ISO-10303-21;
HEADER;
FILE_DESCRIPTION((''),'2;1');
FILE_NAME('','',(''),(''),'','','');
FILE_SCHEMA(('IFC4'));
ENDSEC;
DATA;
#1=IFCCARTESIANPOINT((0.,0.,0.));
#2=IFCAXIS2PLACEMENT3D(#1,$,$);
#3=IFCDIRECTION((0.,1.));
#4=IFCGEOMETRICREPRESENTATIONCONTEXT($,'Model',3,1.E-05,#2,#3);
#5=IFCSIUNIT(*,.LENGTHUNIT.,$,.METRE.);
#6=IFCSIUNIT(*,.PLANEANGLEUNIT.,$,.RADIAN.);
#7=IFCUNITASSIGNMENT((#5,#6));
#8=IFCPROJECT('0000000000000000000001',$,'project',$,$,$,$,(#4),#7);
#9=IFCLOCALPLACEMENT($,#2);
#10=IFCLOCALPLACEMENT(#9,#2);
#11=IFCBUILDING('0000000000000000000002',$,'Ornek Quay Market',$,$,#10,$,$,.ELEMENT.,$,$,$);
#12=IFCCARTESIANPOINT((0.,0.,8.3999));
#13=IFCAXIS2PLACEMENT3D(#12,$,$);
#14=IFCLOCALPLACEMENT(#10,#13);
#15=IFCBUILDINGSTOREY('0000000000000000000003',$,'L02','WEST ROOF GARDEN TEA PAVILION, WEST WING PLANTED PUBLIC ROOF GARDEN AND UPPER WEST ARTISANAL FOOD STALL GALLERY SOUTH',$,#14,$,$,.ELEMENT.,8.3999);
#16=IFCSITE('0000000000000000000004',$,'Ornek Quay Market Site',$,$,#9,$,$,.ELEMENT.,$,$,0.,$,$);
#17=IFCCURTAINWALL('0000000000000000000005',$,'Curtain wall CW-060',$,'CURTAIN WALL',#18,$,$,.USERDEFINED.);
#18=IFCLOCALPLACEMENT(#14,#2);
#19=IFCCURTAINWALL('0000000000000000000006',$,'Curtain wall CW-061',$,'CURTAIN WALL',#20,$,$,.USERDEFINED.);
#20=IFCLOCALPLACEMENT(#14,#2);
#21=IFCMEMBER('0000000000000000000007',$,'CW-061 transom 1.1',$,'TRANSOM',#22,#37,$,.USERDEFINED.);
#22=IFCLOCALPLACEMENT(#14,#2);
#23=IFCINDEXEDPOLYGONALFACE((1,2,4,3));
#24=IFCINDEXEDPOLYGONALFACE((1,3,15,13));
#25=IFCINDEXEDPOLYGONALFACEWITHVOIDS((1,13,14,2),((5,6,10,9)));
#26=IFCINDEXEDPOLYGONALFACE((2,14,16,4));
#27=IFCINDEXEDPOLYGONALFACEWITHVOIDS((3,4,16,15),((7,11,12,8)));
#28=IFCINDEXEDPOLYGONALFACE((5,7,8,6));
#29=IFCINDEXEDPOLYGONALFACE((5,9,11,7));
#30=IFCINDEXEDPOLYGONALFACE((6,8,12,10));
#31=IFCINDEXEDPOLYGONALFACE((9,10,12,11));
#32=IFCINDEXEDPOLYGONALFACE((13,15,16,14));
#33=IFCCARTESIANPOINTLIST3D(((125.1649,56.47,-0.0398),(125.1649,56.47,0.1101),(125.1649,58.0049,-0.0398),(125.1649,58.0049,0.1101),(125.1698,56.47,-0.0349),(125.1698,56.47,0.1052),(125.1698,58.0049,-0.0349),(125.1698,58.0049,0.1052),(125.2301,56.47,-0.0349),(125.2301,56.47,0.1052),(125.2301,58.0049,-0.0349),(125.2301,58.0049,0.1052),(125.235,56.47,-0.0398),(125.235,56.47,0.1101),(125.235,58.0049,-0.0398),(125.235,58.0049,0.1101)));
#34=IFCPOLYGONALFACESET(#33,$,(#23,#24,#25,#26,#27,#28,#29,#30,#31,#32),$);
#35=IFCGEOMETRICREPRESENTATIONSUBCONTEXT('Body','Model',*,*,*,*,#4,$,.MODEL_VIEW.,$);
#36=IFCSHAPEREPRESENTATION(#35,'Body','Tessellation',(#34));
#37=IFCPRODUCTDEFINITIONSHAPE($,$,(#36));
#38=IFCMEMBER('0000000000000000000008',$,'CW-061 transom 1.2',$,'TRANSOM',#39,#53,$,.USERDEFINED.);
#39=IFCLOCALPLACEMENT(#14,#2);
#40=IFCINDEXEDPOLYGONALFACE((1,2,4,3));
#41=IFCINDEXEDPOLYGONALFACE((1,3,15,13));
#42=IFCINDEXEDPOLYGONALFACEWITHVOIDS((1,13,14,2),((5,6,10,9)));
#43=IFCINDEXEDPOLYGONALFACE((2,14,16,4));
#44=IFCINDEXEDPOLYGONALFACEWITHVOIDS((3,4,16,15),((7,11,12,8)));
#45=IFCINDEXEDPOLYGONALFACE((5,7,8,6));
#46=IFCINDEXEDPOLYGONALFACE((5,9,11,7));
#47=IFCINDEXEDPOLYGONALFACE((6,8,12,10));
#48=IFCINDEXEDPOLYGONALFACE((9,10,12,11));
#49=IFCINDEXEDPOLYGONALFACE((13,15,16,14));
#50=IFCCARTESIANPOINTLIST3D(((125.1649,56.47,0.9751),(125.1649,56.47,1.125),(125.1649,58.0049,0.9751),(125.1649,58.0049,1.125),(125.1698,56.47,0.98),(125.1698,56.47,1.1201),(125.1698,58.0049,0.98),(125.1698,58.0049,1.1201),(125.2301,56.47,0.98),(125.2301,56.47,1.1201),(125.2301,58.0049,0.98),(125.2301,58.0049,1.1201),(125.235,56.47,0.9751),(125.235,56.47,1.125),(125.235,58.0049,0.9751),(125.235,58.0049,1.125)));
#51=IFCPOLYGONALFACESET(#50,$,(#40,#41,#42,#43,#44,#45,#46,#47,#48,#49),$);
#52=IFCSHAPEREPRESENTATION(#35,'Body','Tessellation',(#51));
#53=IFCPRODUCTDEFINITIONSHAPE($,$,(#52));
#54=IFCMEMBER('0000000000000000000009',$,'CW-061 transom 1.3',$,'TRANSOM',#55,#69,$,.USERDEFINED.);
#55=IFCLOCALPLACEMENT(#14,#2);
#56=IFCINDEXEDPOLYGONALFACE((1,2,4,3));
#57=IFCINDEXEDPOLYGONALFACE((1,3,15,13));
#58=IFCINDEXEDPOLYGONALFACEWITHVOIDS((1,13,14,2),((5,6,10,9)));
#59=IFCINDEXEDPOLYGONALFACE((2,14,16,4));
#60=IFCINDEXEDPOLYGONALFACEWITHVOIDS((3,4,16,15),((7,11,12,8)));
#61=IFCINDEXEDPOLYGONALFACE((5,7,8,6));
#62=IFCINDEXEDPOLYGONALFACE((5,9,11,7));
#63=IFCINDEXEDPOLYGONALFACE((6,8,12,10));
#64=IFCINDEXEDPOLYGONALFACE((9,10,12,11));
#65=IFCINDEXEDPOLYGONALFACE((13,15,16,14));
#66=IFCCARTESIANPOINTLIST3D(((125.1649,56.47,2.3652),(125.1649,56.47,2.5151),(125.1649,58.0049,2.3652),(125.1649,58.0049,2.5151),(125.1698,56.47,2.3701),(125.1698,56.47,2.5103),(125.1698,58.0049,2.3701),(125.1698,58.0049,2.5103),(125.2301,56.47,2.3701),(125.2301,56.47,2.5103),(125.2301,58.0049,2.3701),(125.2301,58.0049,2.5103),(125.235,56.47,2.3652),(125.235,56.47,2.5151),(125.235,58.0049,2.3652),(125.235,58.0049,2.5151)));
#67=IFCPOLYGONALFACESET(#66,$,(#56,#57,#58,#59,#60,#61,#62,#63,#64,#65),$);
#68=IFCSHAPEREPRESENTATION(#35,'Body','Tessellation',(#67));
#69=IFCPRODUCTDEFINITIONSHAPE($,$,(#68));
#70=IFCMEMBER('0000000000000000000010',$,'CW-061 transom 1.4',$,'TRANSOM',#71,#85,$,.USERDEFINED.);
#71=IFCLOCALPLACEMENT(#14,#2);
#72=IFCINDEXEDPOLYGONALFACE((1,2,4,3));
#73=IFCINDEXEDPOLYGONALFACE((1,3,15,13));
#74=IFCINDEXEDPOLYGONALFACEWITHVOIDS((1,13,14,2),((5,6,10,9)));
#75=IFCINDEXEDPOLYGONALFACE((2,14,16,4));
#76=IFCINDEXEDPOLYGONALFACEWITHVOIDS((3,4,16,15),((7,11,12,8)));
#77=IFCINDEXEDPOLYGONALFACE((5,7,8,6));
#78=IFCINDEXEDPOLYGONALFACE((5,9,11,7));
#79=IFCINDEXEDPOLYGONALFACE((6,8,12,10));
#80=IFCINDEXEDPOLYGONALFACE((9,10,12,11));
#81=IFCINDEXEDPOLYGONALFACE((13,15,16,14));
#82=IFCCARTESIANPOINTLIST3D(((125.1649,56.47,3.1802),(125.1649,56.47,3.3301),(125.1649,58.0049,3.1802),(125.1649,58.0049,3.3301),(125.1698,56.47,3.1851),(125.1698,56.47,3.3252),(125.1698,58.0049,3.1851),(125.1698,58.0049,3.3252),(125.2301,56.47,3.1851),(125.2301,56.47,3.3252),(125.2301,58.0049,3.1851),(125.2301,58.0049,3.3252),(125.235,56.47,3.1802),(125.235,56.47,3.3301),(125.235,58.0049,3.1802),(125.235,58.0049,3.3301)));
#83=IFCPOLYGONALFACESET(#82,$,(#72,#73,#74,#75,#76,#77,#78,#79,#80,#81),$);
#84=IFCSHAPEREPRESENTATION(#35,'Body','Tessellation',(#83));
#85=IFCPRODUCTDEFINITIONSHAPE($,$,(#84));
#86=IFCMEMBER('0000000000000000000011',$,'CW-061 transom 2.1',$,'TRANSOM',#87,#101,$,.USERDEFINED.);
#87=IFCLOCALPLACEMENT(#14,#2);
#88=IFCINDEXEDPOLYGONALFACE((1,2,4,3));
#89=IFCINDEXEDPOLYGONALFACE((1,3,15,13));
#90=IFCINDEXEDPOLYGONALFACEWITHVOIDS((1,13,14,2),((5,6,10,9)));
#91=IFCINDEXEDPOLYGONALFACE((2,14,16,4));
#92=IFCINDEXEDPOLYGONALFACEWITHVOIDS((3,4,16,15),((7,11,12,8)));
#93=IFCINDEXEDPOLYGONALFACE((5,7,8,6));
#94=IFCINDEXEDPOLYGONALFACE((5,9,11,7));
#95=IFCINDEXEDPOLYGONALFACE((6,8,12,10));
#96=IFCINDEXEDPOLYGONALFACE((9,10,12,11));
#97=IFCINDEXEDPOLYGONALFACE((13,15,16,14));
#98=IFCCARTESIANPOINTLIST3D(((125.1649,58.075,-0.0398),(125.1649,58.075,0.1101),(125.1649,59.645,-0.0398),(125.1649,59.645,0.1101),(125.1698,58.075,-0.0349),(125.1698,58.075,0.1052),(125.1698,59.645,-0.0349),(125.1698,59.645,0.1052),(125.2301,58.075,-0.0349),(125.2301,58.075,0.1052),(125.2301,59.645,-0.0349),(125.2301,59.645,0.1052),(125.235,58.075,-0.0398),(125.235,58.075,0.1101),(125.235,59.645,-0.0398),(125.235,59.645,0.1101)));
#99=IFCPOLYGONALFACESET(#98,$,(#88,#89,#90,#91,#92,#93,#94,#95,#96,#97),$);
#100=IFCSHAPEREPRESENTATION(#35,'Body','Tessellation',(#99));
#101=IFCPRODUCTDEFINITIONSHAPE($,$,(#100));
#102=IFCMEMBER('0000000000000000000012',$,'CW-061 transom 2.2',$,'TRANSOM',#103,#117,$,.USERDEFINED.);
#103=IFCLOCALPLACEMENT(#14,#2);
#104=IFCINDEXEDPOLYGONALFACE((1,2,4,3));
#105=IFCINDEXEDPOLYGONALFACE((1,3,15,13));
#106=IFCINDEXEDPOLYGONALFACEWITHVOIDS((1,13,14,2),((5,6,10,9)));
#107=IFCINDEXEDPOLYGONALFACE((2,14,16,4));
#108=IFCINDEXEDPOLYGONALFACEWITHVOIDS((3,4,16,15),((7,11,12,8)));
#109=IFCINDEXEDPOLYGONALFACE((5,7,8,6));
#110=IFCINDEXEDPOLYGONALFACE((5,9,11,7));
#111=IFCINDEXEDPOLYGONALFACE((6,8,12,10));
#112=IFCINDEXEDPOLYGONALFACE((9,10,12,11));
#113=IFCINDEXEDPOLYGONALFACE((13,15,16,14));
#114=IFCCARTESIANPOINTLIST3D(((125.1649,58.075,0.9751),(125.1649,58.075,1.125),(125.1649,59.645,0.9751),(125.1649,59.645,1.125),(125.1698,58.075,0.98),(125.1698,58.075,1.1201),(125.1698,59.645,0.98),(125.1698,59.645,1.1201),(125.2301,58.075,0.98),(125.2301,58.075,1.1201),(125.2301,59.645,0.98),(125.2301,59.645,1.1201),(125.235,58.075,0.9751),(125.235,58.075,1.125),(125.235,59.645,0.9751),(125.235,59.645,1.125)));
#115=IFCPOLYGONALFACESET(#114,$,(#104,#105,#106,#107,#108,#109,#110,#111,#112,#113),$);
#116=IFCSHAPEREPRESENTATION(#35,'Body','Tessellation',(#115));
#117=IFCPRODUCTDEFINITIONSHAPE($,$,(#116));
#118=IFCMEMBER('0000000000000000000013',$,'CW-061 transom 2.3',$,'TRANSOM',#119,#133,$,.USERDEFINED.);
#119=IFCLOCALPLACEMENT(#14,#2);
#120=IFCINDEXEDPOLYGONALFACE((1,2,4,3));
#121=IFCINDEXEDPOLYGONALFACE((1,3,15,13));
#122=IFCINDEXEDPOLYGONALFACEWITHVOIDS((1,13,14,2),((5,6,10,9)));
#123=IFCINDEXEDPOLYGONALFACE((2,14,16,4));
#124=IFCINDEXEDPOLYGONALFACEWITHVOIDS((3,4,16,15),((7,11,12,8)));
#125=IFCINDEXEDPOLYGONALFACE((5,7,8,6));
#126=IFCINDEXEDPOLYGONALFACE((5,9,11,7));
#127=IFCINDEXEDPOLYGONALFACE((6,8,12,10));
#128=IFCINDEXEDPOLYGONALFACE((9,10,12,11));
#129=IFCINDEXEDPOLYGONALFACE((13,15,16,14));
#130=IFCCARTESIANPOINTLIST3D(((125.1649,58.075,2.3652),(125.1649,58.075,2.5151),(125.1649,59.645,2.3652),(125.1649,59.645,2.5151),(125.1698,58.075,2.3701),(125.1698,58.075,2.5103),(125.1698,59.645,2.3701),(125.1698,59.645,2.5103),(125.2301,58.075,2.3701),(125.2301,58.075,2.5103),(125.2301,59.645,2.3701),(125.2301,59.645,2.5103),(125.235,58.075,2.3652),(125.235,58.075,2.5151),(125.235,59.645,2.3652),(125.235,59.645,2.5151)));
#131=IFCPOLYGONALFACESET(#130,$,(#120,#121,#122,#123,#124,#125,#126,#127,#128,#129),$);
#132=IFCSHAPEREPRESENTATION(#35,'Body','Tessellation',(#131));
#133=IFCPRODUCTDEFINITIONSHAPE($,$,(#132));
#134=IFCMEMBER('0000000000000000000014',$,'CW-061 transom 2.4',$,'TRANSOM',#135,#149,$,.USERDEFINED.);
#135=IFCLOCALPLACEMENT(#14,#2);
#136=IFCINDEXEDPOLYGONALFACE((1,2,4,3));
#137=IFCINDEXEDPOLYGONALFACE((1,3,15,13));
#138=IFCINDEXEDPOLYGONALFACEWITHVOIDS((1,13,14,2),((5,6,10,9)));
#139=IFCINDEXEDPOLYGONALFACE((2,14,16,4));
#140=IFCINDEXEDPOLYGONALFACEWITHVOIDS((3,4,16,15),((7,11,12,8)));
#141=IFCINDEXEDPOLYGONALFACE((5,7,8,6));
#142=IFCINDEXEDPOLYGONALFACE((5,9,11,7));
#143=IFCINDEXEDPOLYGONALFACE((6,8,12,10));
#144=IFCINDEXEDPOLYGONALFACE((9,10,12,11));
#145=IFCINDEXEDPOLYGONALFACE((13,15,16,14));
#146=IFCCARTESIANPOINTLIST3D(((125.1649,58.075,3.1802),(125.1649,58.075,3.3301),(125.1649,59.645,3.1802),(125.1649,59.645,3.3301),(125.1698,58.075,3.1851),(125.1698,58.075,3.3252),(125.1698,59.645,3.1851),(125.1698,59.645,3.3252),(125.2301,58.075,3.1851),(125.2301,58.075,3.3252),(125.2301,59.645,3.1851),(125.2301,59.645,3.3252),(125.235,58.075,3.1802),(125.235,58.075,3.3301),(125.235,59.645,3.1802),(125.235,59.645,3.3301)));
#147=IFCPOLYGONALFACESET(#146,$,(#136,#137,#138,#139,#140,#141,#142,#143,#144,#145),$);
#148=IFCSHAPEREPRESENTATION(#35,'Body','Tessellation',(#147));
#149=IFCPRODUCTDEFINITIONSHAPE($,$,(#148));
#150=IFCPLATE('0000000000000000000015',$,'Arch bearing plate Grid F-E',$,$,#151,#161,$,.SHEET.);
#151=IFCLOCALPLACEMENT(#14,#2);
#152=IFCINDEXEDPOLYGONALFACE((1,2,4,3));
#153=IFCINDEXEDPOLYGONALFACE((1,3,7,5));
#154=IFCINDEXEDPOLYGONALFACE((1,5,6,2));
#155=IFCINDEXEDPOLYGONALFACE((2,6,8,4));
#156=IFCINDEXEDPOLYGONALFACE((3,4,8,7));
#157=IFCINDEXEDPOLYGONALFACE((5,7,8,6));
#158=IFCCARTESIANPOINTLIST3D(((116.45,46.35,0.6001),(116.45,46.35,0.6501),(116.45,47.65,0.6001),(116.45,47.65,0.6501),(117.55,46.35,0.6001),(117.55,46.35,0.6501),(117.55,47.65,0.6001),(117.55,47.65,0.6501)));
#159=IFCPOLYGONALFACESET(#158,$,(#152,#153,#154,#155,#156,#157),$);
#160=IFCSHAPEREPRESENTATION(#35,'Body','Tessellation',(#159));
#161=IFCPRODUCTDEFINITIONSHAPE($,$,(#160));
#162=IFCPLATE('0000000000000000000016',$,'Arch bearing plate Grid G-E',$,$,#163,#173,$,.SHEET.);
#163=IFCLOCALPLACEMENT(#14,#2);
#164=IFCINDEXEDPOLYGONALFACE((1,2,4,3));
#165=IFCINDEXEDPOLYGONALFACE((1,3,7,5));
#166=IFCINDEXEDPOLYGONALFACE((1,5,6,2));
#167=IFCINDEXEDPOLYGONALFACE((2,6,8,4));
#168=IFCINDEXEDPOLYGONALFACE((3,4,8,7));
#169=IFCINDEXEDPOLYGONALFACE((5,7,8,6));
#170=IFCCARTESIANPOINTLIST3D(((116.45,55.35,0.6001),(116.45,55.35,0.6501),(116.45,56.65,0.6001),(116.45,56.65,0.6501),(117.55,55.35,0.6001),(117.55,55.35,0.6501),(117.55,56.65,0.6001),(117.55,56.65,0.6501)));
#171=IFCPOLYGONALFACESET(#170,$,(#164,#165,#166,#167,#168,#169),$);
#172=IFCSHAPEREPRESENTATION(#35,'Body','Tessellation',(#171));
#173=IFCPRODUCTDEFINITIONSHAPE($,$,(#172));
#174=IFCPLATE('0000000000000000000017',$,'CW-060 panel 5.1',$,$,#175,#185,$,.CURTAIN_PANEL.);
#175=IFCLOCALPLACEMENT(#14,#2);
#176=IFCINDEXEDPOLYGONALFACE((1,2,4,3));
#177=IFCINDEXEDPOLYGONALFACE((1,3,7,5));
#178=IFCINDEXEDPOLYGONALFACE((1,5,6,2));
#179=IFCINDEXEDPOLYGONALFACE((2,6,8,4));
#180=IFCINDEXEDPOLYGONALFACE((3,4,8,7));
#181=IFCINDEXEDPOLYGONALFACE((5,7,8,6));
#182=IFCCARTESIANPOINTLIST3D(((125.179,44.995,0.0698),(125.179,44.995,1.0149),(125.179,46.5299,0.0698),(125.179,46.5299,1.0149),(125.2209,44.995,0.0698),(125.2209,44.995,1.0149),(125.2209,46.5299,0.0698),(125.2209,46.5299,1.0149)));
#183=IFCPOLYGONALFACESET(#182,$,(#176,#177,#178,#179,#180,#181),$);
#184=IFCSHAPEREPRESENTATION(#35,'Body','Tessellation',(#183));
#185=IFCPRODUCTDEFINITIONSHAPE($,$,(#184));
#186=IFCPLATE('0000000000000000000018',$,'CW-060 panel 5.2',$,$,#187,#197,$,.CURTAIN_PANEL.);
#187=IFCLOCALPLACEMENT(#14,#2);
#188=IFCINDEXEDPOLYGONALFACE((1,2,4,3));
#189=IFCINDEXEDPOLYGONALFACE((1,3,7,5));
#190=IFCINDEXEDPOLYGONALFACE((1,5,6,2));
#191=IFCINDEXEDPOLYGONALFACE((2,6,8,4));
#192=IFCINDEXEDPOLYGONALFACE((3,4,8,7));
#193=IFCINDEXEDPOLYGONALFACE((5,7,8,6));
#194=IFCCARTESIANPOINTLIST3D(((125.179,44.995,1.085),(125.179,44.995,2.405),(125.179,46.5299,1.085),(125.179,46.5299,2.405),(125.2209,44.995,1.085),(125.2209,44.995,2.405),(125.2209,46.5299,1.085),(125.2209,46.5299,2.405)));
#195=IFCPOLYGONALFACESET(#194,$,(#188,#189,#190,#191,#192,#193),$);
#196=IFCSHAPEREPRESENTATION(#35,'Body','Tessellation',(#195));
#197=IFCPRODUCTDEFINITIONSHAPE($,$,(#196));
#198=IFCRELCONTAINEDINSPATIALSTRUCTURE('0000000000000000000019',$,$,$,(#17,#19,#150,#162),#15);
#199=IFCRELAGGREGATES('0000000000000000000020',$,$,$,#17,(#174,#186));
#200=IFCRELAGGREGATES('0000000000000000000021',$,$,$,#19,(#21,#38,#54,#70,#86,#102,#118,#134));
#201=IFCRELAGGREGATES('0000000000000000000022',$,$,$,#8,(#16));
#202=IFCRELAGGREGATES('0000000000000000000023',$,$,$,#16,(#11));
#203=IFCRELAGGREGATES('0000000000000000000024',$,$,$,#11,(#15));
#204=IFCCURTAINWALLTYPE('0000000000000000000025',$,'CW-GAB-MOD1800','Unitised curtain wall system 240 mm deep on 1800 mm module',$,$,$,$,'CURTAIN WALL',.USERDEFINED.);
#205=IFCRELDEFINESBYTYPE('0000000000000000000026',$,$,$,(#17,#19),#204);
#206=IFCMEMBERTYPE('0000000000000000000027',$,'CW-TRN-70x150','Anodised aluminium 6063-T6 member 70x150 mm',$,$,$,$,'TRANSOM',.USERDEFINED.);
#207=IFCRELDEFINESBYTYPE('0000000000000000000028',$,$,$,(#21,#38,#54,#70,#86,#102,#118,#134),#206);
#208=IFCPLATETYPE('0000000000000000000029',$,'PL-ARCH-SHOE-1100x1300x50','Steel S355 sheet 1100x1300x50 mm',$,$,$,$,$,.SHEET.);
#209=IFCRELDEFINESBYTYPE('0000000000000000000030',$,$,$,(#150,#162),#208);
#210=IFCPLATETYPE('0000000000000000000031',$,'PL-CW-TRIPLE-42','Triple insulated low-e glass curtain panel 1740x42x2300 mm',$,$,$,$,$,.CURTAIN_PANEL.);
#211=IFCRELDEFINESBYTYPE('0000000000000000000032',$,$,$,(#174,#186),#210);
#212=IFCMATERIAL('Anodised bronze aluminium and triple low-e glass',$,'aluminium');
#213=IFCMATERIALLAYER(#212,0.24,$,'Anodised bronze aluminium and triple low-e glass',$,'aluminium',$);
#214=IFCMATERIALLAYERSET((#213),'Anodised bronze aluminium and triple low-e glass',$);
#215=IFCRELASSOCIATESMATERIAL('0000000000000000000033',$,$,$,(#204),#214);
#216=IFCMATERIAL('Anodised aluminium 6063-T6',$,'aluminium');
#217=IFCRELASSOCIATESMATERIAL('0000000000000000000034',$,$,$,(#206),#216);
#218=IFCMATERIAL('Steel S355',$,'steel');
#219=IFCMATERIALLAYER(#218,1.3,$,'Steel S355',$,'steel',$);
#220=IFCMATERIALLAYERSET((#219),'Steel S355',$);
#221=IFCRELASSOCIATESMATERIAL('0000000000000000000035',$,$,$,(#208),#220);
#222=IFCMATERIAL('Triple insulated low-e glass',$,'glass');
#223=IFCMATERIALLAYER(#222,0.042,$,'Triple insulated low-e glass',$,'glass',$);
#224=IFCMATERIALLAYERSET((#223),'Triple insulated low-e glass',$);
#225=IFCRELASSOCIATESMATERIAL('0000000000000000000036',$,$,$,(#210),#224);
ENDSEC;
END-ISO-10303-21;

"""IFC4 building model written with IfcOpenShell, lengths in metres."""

from ifc_helpers import new_model, si_unit, direction, frame, origin, origin_2d, place, context, subcontext, project, spatial, rectangle, hollow_rectangle, extrude, material, layer, layer_set, material_profile, profile_set, type_object, element, aggregate, save


model = new_model("IFC4")

# Units and contexts
model_context = context("Model", 3, precision=1e-05, world=origin(), true_north=direction((0.0, 1.0)))
body_context = subcontext(model_context, "Body", "Model", "MODEL_VIEW")
ifc_project = project(units=[si_unit("LENGTHUNIT", "METRE"), si_unit("PLANEANGLEUNIT", "RADIAN")], contexts=[model_context])

# Site, building, storey
site_placement = place(None, origin())
site = spatial("IfcSite", under=ifc_project, at=site_placement, Name="Ornek Quay Market Site", CompositionType="ELEMENT", RefElevation=0.0)
building_placement = place(site_placement, origin())
building = spatial("IfcBuilding", under=site, at=building_placement, Name="Ornek Quay Market", CompositionType="ELEMENT")
storey_placement = place(building_placement, frame((0.0, 0.0, 8.3999)))
storey = spatial("IfcBuildingStorey", under=building, at=storey_placement, Name="L02", Description="WEST ROOF GARDEN TEA PAVILION, WEST WING PLANTED PUBLIC ROOF GARDEN AND UPPER WEST ARTISANAL FOOD STALL GALLERY SOUTH", CompositionType="ELEMENT", Elevation=8.3999)

# Curtain wall
ifc_material_1 = material(Name="Anodised bronze aluminium and triple low-e glass", Category="aluminium")
ifc_layer_1 = layer(ifc_material_1, 0.24, Name="Anodised bronze aluminium and triple low-e glass", Category="aluminium")
ifc_layer_set_1 = layer_set([ifc_layer_1], Name="Anodised bronze aluminium and triple low-e glass")
curtain_wall_type = type_object("IfcCurtainWallType", Name="CW-GAB-MOD1800", Description="Unitised curtain wall system 240 mm deep on 1800 mm module", ElementType="CURTAIN WALL", PredefinedType="USERDEFINED", material=ifc_layer_set_1)
curtain_wall_1_placement = place(storey_placement, origin())
curtain_wall_1 = element("IfcCurtainWall", 1, at=curtain_wall_1_placement, inside=storey, type_object=curtain_wall_type, Name="Curtain wall CW-060", ObjectType="CURTAIN WALL", PredefinedType="USERDEFINED")
ifc_material_2 = material(Name="Anodised aluminium 6063-T6", Category="aluminium")

# Curtain wall
curtain_wall_2_placement = place(storey_placement, origin())
curtain_wall_2 = element("IfcCurtainWall", 2, at=curtain_wall_2_placement, inside=storey, type_object=curtain_wall_type, Name="Curtain wall CW-061", ObjectType="CURTAIN WALL", PredefinedType="USERDEFINED")

# Members
ifc_material_profile_1 = material_profile(ifc_material_2, hollow_rectangle(XDim=0.0701, YDim=0.1499, WallThickness=0.0049, at=origin_2d()), Name="CW-TRN-70x150", Category="aluminium")
ifc_profile_set_1 = profile_set([ifc_material_profile_1], Name="Anodised aluminium 6063-T6")
member_type_1 = type_object("IfcMemberType", Name="CW-TRN-70x150", Description="Anodised aluminium 6063-T6 member 70x150 mm", ElementType="TRANSOM", PredefinedType="USERDEFINED", material=ifc_profile_set_1)
member_1_placement = place(storey_placement, frame((125.2, 56.47, 0.0352), z_axis=(0.0, 1.0, 0.0), x_axis=(-1.0, 0.0, 0.0)))
member_1 = element("IfcMember", 3, at=member_1_placement, type_object=member_type_1, Name="CW-061 transom 1.1", ObjectType="TRANSOM", PredefinedType="USERDEFINED", context=body_context, shape_type="SweptSolid", body=[
    extrude(hollow_rectangle(XDim=0.0701, YDim=0.1499, WallThickness=0.0049, at=origin_2d()), origin(), (0.0, 0.0, 1.0), 1.5349),
])
member_2_placement = place(storey_placement, frame((125.2, 56.47, 1.05), z_axis=(0.0, 1.0, 0.0), x_axis=(-1.0, 0.0, 0.0)))
member_2 = element("IfcMember", 4, at=member_2_placement, type_object=member_type_1, Name="CW-061 transom 1.2", ObjectType="TRANSOM", PredefinedType="USERDEFINED", context=body_context, shape_type="SweptSolid", body=[
    extrude(hollow_rectangle(XDim=0.0701, YDim=0.1499, WallThickness=0.0049, at=origin_2d()), origin(), (0.0, 0.0, 1.0), 1.5349),
])
member_3_placement = place(storey_placement, frame((125.2, 56.47, 2.4402), z_axis=(0.0, 1.0, 0.0), x_axis=(-1.0, 0.0, 0.0)))
member_3 = element("IfcMember", 5, at=member_3_placement, type_object=member_type_1, Name="CW-061 transom 1.3", ObjectType="TRANSOM", PredefinedType="USERDEFINED", context=body_context, shape_type="SweptSolid", body=[
    extrude(hollow_rectangle(XDim=0.0701, YDim=0.1499, WallThickness=0.0049, at=origin_2d()), origin(), (0.0, 0.0, 1.0), 1.5349),
])
member_4_placement = place(storey_placement, frame((125.2, 56.47, 3.2551), z_axis=(0.0, 1.0, 0.0), x_axis=(-1.0, 0.0, 0.0)))
member_4 = element("IfcMember", 6, at=member_4_placement, type_object=member_type_1, Name="CW-061 transom 1.4", ObjectType="TRANSOM", PredefinedType="USERDEFINED", context=body_context, shape_type="SweptSolid", body=[
    extrude(hollow_rectangle(XDim=0.0701, YDim=0.1499, WallThickness=0.0049, at=origin_2d()), origin(), (0.0, 0.0, 1.0), 1.5349),
])
member_5_placement = place(storey_placement, frame((125.2, 58.075, 0.0352), z_axis=(0.0, 1.0, 0.0), x_axis=(-1.0, 0.0, 0.0)))
member_5 = element("IfcMember", 7, at=member_5_placement, type_object=member_type_1, Name="CW-061 transom 2.1", ObjectType="TRANSOM", PredefinedType="USERDEFINED", context=body_context, shape_type="SweptSolid", body=[
    extrude(hollow_rectangle(XDim=0.0701, YDim=0.1499, WallThickness=0.0049, at=origin_2d()), origin(), (0.0, 0.0, 1.0), 1.5701),
])
member_6_placement = place(storey_placement, frame((125.2, 58.075, 1.05), z_axis=(0.0, 1.0, 0.0), x_axis=(-1.0, 0.0, 0.0)))
member_6 = element("IfcMember", 8, at=member_6_placement, type_object=member_type_1, Name="CW-061 transom 2.2", ObjectType="TRANSOM", PredefinedType="USERDEFINED", context=body_context, shape_type="SweptSolid", body=[
    extrude(hollow_rectangle(XDim=0.0701, YDim=0.1499, WallThickness=0.0049, at=origin_2d()), origin(), (0.0, 0.0, 1.0), 1.5701),
])
member_7_placement = place(storey_placement, frame((125.2, 58.075, 2.4402), z_axis=(0.0, 1.0, 0.0), x_axis=(-1.0, 0.0, 0.0)))
member_7 = element("IfcMember", 9, at=member_7_placement, type_object=member_type_1, Name="CW-061 transom 2.3", ObjectType="TRANSOM", PredefinedType="USERDEFINED", context=body_context, shape_type="SweptSolid", body=[
    extrude(hollow_rectangle(XDim=0.0701, YDim=0.1499, WallThickness=0.0049, at=origin_2d()), origin(), (0.0, 0.0, 1.0), 1.5701),
])
member_8_placement = place(storey_placement, frame((125.2, 58.075, 3.2551), z_axis=(0.0, 1.0, 0.0), x_axis=(-1.0, 0.0, 0.0)))
member_8 = element("IfcMember", 10, at=member_8_placement, type_object=member_type_1, Name="CW-061 transom 2.4", ObjectType="TRANSOM", PredefinedType="USERDEFINED", context=body_context, shape_type="SweptSolid", body=[
    extrude(hollow_rectangle(XDim=0.0701, YDim=0.1499, WallThickness=0.0049, at=origin_2d()), origin(), (0.0, 0.0, 1.0), 1.5701),
])

# Plates
ifc_material_3 = material(Name="Steel S355", Category="steel")
ifc_layer_2 = layer(ifc_material_3, 1.3, Name="Steel S355", Category="steel")
ifc_layer_set_2 = layer_set([ifc_layer_2], Name="Steel S355")
plate_type_1 = type_object("IfcPlateType", Name="PL-ARCH-SHOE-1100x1300x50", Description="Steel S355 sheet 1100x1300x50 mm", PredefinedType="SHEET", material=ifc_layer_set_2)
for number, where, z_axis, x_axis, name in (
    (11, (117.0, 47.0, 0.6001), (0.0, 0.0, 1.0), (1.0, 0.0, 0.0), "Arch bearing plate Grid F-E"),
    (12, (117.0, 56.0, 0.6001), (0.0, 0.0, 1.0), (1.0, 0.0, 0.0), "Arch bearing plate Grid G-E"),
):
    element("IfcPlate", number, at=place(storey_placement, frame(where, z_axis=z_axis, x_axis=x_axis)), inside=storey, type_object=plate_type_1, Name=name, PredefinedType="SHEET", context=body_context, shape_type="SweptSolid", body=[
        extrude(rectangle(XDim=1.1001, YDim=1.3, at=origin_2d()), origin(), (0.0, 0.0, 1.0), 0.05),
    ])

# Plates
ifc_material_4 = material(Name="Triple insulated low-e glass", Category="glass")
ifc_layer_3 = layer(ifc_material_4, 0.042, Name="Triple insulated low-e glass", Category="glass")
ifc_layer_set_3 = layer_set([ifc_layer_3], Name="Triple insulated low-e glass")
plate_type_2 = type_object("IfcPlateType", Name="PL-CW-TRIPLE-42", Description="Triple insulated low-e glass curtain panel 1740x42x2300 mm", PredefinedType="CURTAIN_PANEL", material=ifc_layer_set_3)
plate_1_placement = place(storey_placement, frame((125.2, 45.7625, 0.0698), z_axis=(0.0, 0.0, 1.0), x_axis=(0.0, 1.0, 0.0)))
plate_1 = element("IfcPlate", 13, at=plate_1_placement, type_object=plate_type_2, Name="CW-060 panel 5.1", PredefinedType="CURTAIN_PANEL", context=body_context, shape_type="SweptSolid", body=[
    extrude(rectangle(XDim=1.5349, YDim=0.042, at=origin_2d()), origin(), (0.0, 0.0, 1.0), 0.9451),
])
plate_2_placement = place(storey_placement, frame((125.2, 45.7625, 1.085), z_axis=(0.0, 0.0, 1.0), x_axis=(0.0, 1.0, 0.0)))
plate_2 = element("IfcPlate", 14, at=plate_2_placement, type_object=plate_type_2, Name="CW-060 panel 5.2", PredefinedType="CURTAIN_PANEL", context=body_context, shape_type="SweptSolid", body=[
    extrude(rectangle(XDim=1.5349, YDim=0.042, at=origin_2d()), origin(), (0.0, 0.0, 1.0), 1.3201),
])
aggregate(curtain_wall_1, [plate_1, plate_2])
aggregate(curtain_wall_2, [member_1, member_2, member_3, member_4, member_5, member_6, member_7, member_8])

save(model, "model.ifc")
